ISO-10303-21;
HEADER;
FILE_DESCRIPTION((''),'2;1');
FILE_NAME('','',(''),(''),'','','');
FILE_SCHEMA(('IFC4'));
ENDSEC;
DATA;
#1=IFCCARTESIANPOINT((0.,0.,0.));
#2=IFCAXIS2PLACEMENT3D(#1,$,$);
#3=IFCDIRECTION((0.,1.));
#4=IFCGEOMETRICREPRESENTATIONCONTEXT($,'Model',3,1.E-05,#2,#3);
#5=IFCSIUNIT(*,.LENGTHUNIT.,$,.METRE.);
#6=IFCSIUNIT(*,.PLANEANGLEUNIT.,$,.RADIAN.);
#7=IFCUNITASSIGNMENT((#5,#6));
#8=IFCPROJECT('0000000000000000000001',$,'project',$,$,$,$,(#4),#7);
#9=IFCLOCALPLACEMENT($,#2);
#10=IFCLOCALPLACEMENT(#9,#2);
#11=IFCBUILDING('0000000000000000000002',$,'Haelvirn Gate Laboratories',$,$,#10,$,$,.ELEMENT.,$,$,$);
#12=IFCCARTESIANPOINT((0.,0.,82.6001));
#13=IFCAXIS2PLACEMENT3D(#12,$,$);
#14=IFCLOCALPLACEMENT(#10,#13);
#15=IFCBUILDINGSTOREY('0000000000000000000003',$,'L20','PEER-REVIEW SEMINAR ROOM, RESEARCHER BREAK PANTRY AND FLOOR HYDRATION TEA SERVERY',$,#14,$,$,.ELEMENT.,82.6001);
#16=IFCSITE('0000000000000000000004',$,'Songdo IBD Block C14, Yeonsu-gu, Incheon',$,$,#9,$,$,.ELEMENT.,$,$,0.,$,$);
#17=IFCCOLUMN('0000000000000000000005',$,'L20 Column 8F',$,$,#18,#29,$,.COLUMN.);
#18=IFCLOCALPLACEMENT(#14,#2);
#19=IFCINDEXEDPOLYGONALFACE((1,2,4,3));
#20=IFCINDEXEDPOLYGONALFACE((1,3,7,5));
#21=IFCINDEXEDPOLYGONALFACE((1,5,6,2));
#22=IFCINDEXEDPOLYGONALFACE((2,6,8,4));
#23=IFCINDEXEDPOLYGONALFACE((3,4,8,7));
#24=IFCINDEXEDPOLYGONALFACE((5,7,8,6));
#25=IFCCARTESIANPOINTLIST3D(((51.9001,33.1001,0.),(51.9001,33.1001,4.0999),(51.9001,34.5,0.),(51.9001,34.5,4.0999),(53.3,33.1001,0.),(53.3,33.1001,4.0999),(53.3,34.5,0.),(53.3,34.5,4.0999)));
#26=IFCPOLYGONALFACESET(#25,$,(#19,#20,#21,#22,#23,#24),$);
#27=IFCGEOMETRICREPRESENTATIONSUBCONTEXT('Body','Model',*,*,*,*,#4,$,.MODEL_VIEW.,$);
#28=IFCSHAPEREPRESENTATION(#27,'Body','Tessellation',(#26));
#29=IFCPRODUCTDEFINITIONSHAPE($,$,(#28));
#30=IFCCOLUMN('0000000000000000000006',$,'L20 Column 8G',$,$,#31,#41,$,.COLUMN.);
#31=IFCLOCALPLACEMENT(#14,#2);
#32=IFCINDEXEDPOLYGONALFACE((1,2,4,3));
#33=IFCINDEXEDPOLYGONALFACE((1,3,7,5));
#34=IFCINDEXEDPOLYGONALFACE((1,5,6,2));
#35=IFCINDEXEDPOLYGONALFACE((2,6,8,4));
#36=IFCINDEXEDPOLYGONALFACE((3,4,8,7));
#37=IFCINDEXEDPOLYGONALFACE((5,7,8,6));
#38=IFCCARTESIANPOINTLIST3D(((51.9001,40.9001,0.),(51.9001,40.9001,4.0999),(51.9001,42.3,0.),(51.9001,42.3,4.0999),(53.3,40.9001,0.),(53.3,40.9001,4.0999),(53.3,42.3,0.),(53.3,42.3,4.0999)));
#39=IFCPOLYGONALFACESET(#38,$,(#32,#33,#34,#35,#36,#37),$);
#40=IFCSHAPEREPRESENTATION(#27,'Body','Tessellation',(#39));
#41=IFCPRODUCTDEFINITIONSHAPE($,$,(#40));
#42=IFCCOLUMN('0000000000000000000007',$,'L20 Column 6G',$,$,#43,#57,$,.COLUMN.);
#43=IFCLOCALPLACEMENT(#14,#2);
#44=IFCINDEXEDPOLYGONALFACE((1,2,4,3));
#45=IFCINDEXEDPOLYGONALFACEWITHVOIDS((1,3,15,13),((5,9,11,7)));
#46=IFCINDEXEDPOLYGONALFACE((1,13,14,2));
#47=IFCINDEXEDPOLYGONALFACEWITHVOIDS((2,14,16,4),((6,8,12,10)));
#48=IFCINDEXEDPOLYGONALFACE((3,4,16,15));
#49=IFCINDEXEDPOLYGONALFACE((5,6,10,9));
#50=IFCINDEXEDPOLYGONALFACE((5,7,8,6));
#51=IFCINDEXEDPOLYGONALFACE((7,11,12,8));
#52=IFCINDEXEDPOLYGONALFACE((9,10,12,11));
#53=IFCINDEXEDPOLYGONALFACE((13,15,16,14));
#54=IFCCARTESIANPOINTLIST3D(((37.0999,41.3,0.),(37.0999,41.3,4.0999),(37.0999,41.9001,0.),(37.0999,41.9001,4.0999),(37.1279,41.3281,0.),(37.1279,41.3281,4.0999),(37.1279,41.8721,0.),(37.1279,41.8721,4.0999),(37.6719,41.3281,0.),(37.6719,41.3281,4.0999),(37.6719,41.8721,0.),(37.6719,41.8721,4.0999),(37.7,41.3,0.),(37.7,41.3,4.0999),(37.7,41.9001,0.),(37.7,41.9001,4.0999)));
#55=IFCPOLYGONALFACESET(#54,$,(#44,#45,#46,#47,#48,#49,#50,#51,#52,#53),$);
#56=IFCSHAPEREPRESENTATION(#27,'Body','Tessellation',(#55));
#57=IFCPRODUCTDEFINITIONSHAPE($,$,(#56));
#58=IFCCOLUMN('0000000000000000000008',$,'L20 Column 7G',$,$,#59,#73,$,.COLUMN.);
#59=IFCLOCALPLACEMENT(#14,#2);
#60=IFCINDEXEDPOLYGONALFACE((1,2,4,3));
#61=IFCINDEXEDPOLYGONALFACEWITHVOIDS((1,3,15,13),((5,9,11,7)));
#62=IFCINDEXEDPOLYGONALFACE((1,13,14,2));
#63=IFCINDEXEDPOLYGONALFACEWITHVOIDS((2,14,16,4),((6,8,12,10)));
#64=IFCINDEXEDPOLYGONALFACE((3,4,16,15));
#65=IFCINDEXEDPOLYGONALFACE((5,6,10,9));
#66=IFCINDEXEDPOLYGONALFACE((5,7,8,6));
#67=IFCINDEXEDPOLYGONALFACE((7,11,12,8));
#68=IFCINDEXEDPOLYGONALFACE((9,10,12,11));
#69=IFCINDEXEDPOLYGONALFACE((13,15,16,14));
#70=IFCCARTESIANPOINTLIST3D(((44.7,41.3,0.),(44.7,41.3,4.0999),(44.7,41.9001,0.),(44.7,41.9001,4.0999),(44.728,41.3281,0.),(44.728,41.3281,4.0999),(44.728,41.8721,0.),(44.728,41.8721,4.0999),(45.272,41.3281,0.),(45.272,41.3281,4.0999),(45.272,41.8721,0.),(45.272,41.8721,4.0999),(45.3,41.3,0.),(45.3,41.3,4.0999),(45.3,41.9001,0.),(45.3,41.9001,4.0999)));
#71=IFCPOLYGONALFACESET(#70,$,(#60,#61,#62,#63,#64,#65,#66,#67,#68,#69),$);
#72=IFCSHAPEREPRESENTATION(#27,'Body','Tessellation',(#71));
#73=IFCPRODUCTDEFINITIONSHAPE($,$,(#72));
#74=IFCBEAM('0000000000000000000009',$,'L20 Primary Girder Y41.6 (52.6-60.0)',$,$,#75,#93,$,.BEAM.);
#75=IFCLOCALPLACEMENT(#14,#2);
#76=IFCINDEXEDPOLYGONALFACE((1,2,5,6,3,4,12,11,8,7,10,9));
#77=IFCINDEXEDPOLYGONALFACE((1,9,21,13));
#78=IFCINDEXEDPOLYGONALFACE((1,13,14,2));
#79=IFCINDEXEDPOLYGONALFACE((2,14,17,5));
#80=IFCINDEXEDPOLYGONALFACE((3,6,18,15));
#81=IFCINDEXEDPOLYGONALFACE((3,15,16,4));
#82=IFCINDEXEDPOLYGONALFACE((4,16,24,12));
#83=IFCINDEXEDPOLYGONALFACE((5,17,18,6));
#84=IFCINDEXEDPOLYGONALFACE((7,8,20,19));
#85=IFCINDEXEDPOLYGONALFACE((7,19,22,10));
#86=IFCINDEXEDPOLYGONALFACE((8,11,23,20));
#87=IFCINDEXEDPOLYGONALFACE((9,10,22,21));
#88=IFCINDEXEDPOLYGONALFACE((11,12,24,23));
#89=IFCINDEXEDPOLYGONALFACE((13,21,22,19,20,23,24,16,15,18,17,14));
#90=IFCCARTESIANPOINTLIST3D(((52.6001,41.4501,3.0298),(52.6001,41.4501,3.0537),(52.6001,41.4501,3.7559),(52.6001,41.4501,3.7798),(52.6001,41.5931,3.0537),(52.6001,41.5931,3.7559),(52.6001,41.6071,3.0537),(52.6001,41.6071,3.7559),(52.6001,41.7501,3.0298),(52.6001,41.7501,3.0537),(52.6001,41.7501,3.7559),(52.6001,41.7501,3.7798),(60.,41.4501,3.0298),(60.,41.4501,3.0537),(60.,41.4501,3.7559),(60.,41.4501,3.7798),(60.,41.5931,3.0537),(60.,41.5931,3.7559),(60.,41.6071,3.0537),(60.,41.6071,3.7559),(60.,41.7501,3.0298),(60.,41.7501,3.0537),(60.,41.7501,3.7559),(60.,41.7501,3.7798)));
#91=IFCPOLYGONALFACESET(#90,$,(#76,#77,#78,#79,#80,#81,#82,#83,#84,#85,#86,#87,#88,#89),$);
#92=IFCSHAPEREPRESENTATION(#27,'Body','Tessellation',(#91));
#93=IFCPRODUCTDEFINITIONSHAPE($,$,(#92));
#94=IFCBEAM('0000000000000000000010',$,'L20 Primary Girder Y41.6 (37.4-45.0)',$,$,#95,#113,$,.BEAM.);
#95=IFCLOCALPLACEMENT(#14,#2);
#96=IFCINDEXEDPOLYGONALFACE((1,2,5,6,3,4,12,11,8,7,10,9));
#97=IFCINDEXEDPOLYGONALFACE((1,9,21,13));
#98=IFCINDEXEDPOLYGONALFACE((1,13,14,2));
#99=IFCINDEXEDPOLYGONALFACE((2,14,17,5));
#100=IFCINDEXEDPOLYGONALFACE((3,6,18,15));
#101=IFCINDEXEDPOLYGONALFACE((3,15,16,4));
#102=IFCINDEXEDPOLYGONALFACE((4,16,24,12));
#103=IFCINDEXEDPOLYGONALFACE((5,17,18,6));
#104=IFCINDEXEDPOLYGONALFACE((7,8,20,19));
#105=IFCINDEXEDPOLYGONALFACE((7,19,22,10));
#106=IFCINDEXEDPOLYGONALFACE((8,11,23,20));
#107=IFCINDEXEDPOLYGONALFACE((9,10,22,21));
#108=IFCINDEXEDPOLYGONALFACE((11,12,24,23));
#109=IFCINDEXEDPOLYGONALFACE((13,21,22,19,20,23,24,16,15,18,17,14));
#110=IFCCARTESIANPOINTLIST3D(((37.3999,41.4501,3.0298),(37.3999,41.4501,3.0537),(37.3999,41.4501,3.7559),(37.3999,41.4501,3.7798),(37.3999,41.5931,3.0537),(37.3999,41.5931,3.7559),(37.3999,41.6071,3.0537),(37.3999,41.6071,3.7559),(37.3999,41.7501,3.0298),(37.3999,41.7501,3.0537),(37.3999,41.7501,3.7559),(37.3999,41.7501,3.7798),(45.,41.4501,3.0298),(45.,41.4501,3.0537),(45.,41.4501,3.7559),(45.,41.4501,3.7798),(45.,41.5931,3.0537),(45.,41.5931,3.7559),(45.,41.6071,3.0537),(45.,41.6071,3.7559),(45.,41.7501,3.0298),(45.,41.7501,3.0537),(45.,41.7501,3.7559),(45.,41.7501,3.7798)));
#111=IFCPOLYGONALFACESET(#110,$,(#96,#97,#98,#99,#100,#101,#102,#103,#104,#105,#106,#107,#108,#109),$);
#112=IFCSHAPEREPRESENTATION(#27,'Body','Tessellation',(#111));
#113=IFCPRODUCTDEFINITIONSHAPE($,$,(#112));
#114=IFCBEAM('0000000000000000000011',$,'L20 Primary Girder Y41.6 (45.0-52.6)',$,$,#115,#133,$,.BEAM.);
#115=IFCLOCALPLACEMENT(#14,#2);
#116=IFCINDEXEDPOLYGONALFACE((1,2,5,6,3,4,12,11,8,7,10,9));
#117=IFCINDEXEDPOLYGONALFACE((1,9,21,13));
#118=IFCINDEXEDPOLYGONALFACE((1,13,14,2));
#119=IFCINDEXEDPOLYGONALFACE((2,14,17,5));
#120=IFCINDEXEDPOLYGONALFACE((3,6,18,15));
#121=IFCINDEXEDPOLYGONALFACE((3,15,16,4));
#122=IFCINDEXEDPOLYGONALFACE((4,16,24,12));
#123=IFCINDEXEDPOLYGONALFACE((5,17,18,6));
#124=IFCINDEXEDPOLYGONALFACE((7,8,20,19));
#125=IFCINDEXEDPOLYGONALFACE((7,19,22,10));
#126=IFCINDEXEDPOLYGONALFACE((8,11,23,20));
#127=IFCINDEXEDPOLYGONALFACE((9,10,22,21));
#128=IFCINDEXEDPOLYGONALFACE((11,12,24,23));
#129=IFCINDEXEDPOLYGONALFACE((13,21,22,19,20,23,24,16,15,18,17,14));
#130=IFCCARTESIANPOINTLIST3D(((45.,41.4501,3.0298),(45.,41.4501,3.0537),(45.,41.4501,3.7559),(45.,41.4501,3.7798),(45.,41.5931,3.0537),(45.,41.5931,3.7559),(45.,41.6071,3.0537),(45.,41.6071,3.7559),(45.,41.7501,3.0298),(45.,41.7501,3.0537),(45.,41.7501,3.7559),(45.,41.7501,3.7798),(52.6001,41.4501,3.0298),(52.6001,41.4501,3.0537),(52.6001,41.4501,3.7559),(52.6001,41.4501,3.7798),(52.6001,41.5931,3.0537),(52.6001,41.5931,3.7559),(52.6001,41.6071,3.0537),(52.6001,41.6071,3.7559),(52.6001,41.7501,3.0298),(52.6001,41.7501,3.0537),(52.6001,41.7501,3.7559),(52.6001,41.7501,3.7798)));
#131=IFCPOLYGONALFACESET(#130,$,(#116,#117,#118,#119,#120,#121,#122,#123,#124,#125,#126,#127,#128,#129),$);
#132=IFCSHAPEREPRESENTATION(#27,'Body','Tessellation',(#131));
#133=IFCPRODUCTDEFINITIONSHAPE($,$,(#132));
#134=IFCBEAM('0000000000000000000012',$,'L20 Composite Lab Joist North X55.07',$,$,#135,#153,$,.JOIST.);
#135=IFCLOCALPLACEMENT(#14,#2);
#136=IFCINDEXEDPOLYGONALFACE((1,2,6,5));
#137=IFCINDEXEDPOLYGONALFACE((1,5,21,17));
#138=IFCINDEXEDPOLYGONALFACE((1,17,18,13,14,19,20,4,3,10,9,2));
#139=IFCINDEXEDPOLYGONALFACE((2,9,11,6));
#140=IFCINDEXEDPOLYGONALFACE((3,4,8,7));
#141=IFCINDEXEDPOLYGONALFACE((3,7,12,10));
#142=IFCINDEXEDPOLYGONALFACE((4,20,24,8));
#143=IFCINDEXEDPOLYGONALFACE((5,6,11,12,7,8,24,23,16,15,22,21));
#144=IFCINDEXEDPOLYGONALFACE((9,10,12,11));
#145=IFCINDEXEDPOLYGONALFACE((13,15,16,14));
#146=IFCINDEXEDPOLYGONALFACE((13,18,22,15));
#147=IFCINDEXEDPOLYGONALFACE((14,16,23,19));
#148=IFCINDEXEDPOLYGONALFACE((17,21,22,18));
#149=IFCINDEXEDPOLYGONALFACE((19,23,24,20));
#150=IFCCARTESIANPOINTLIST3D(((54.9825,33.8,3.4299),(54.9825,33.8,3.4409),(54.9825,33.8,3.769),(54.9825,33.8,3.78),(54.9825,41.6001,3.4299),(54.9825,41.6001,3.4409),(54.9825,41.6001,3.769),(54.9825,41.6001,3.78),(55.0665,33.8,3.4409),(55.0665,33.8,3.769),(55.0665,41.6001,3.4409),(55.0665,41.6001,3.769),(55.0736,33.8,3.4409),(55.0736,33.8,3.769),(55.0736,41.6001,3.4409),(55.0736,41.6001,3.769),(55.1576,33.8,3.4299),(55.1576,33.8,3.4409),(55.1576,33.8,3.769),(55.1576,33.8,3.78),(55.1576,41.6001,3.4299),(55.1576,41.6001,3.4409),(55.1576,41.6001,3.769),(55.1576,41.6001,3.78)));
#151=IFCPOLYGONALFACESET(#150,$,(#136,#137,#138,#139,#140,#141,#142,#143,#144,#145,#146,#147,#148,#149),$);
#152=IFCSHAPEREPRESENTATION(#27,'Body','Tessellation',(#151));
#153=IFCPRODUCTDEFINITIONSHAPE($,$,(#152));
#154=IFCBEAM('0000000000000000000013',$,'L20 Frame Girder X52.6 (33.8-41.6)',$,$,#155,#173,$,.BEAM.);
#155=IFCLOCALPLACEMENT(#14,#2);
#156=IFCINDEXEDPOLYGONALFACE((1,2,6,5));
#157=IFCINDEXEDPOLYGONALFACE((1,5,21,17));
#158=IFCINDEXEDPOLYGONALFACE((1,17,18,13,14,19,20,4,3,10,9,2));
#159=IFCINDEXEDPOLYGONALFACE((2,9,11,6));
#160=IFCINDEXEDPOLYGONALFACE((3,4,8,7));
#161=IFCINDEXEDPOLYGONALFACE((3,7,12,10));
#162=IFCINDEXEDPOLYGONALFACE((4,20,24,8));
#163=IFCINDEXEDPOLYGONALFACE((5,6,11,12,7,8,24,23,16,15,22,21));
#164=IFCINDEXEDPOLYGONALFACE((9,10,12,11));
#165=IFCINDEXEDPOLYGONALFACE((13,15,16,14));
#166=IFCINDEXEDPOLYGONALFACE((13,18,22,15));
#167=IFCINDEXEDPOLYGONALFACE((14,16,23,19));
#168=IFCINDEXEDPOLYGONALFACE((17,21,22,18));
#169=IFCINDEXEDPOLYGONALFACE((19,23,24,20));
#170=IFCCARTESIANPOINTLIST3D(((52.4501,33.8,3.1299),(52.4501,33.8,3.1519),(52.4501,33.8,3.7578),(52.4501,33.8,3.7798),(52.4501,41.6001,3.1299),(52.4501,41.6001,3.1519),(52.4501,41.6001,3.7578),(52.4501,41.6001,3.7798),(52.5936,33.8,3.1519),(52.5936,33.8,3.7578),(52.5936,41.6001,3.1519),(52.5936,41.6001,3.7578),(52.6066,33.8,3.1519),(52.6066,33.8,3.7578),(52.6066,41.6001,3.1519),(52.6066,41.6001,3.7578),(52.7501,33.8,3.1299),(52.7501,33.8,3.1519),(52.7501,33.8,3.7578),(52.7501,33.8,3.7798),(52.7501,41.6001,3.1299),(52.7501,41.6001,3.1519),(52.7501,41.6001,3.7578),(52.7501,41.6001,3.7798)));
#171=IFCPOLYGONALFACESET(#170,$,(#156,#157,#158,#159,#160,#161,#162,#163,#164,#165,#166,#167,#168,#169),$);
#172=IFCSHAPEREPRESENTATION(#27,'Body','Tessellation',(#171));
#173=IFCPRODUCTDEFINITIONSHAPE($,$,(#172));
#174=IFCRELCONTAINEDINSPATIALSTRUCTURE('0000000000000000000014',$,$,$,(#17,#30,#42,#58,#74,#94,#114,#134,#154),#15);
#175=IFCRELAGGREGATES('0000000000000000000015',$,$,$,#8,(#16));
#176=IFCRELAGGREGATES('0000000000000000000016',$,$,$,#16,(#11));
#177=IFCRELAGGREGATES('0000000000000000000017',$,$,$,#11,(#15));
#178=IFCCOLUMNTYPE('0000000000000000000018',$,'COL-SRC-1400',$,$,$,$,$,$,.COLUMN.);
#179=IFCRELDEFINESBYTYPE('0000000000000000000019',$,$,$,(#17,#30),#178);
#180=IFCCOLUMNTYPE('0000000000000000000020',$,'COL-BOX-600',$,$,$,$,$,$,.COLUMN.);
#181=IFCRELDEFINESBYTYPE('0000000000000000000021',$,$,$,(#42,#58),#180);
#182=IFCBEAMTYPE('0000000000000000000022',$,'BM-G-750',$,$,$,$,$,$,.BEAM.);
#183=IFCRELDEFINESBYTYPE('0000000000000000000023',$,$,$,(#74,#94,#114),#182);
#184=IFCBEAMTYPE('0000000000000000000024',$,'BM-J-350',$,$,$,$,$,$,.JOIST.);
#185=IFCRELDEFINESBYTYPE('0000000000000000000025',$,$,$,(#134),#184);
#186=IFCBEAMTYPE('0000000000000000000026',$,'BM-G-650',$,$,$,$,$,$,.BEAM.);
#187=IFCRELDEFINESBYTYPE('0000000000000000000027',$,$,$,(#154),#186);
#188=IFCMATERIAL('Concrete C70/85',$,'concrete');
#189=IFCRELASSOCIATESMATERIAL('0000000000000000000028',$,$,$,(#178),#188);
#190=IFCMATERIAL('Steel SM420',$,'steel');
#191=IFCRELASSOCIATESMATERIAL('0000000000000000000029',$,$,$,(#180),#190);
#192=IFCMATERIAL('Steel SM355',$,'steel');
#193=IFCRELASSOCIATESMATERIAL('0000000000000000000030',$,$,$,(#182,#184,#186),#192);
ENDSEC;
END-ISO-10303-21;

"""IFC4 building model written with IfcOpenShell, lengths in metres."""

from ifc_helpers import new_model, si_unit, direction, frame, origin, origin_2d, place, context, subcontext, project, spatial, rectangle, hollow_rectangle, i_section, extrude, source, transform, mapped, material, material_profile, profile_set, type_object, type_shapes, element, save


model = new_model("IFC4")

# Units and contexts
model_context = context("Model", 3, precision=1e-05, world=origin(), true_north=direction((0.0, 1.0)))
body_context = subcontext(model_context, "Body", "Model", "MODEL_VIEW")
ifc_project = project(units=[si_unit("LENGTHUNIT", "METRE"), si_unit("PLANEANGLEUNIT", "RADIAN")], contexts=[model_context])

# Site, building, storey
site_placement = place(None, origin())
site = spatial("IfcSite", under=ifc_project, at=site_placement, Name="Songdo IBD Block C14, Yeonsu-gu, Incheon", CompositionType="ELEMENT", RefElevation=0.0)
building_placement = place(site_placement, origin())
building = spatial("IfcBuilding", under=site, at=building_placement, Name="Haelvirn Gate Laboratories", CompositionType="ELEMENT")
storey_placement = place(building_placement, frame((0.0, 0.0, 82.6001)))
storey = spatial("IfcBuildingStorey", under=building, at=storey_placement, Name="L20", Description="PEER-REVIEW SEMINAR ROOM, RESEARCHER BREAK PANTRY AND FLOOR HYDRATION TEA SERVERY", CompositionType="ELEMENT", Elevation=82.6001)

# Columns
ifc_material_1 = material(Name="Concrete C70/85", Category="concrete")
ifc_material_profile_1 = material_profile(ifc_material_1, rectangle(XDim=1.3999, YDim=1.3999, at=origin_2d()), Name="SRC-1400x1400")
ifc_profile_set_1 = profile_set([ifc_material_profile_1], Name="Concrete C70/85")
column_type_1 = type_object("IfcColumnType", Name="COL-SRC-1400", PredefinedType="COLUMN", material=ifc_profile_set_1)
shared_shape_1 = source(origin(), body_context, "Body", "SweptSolid", [
    extrude(rectangle(XDim=1.3999, YDim=1.3999, at=origin_2d()), origin(), (0.0, 0.0, 1.0), 4.0999),
])
type_shapes(column_type_1, [shared_shape_1])
for number, where, z_axis, x_axis, name in (
    (1, (52.6001, 33.8, 0.0), (0.0, 0.0, 1.0), (1.0, 0.0, 0.0), "L20 Column 8F"),
    (2, (52.6001, 41.6001, 0.0), (0.0, 0.0, 1.0), (1.0, 0.0, 0.0), "L20 Column 8G"),
):
    element("IfcColumn", number, at=place(storey_placement, frame(where, z_axis=z_axis, x_axis=x_axis)), inside=storey, type_object=column_type_1, Name=name, PredefinedType="COLUMN", context=body_context, shape_type="MappedRepresentation", body=[
        mapped(shared_shape_1, transform((0.0, 0.0, 0.0), scale=1.0)),
    ])
ifc_material_2 = material(Name="Steel SM420", Category="steel")
ifc_material_profile_2 = material_profile(ifc_material_2, hollow_rectangle(XDim=0.6001, YDim=0.6001, WallThickness=0.0281, at=origin_2d()), Name="BOX-600x600x28")
ifc_profile_set_2 = profile_set([ifc_material_profile_2], Name="Steel SM420")
column_type_2 = type_object("IfcColumnType", Name="COL-BOX-600", PredefinedType="COLUMN", material=ifc_profile_set_2)
shared_shape_2 = source(origin(), body_context, "Body", "SweptSolid", [
    extrude(hollow_rectangle(XDim=0.6001, YDim=0.6001, WallThickness=0.0281, at=origin_2d()), origin(), (0.0, 0.0, 1.0), 4.0999),
])
type_shapes(column_type_2, [shared_shape_2])
for number, where, z_axis, x_axis, name in (
    (3, (37.3999, 41.6001, 0.0), (0.0, 0.0, 1.0), (1.0, 0.0, 0.0), "L20 Column 6G"),
    (4, (45.0, 41.6001, 0.0), (0.0, 0.0, 1.0), (1.0, 0.0, 0.0), "L20 Column 7G"),
):
    element("IfcColumn", number, at=place(storey_placement, frame(where, z_axis=z_axis, x_axis=x_axis)), inside=storey, type_object=column_type_2, Name=name, PredefinedType="COLUMN", context=body_context, shape_type="MappedRepresentation", body=[
        mapped(shared_shape_2, transform((0.0, 0.0, 0.0), scale=1.0)),
    ])

# Beams
ifc_material_3 = material(Name="Steel SM355", Category="steel")
ifc_material_profile_3 = material_profile(ifc_material_3, i_section(OverallWidth=0.3, OverallDepth=0.75, WebThickness=0.0139, FlangeThickness=0.0239, at=origin_2d()), Name="H-750x300x14x24")
ifc_profile_set_3 = profile_set([ifc_material_profile_3], Name="Steel SM355")
beam_type_1 = type_object("IfcBeamType", Name="BM-G-750", PredefinedType="BEAM", material=ifc_profile_set_3)
shared_shape_3 = source(origin(), body_context, "Body", "SweptSolid", [
    extrude(i_section(OverallWidth=0.3, OverallDepth=0.75, WebThickness=0.0139, FlangeThickness=0.0239, at=origin_2d()), origin(), (0.0, 0.0, 1.0), 7.3999),
])
beam_1_placement = place(storey_placement, frame((52.6001, 41.6001, 3.4048), z_axis=(1.0, 0.0, 0.0), x_axis=(0.0, 1.0, 0.0)))
element("IfcBeam", 5, at=beam_1_placement, inside=storey, type_object=beam_type_1, Name="L20 Primary Girder Y41.6 (52.6-60.0)", PredefinedType="BEAM", context=body_context, shape_type="MappedRepresentation", body=[
    mapped(shared_shape_3, transform((0.0, 0.0, 0.0), scale=1.0)),
])
shared_shape_4 = source(origin(), body_context, "Body", "SweptSolid", [
    extrude(i_section(OverallWidth=0.3, OverallDepth=0.75, WebThickness=0.0139, FlangeThickness=0.0239, at=origin_2d()), origin(), (0.0, 0.0, 1.0), 7.6001),
])
type_shapes(beam_type_1, [shared_shape_3, shared_shape_4])
for number, where, z_axis, x_axis, name in (
    (6, (37.3999, 41.6001, 3.4048), (1.0, 0.0, 0.0), (0.0, 1.0, 0.0), "L20 Primary Girder Y41.6 (37.4-45.0)"),
    (7, (45.0, 41.6001, 3.4048), (1.0, 0.0, 0.0), (0.0, 1.0, 0.0), "L20 Primary Girder Y41.6 (45.0-52.6)"),
):
    element("IfcBeam", number, at=place(storey_placement, frame(where, z_axis=z_axis, x_axis=x_axis)), inside=storey, type_object=beam_type_1, Name=name, PredefinedType="BEAM", context=body_context, shape_type="MappedRepresentation", body=[
        mapped(shared_shape_4, transform((0.0, 0.0, 0.0), scale=1.0)),
    ])
ifc_material_profile_4 = material_profile(ifc_material_3, i_section(OverallWidth=0.175, OverallDepth=0.3501, WebThickness=0.0071, FlangeThickness=0.011, at=origin_2d()), Name="H-350x175x7x11")
ifc_profile_set_4 = profile_set([ifc_material_profile_4], Name="Steel SM355")
beam_type_2 = type_object("IfcBeamType", Name="BM-J-350", PredefinedType="JOIST", material=ifc_profile_set_4)
shared_shape_5 = source(origin(), body_context, "Body", "SweptSolid", [
    extrude(i_section(OverallWidth=0.175, OverallDepth=0.3501, WebThickness=0.0071, FlangeThickness=0.011, at=origin_2d()), origin(), (0.0, 0.0, 1.0), 7.8),
])
type_shapes(beam_type_2, [shared_shape_5])
beam_2_placement = place(storey_placement, frame((55.0701, 33.8, 3.605), z_axis=(0.0, 1.0, 0.0), x_axis=(-1.0, 0.0, 0.0)))
element("IfcBeam", 8, at=beam_2_placement, inside=storey, type_object=beam_type_2, Name="L20 Composite Lab Joist North X55.07", PredefinedType="JOIST", context=body_context, shape_type="MappedRepresentation", body=[
    mapped(shared_shape_5, transform((0.0, 0.0, 0.0), scale=1.0)),
])
ifc_material_profile_5 = material_profile(ifc_material_3, i_section(OverallWidth=0.3, OverallDepth=0.6499, WebThickness=0.0129, FlangeThickness=0.022, at=origin_2d()), Name="H-650x300x13x22")
ifc_profile_set_5 = profile_set([ifc_material_profile_5], Name="Steel SM355")
beam_type_3 = type_object("IfcBeamType", Name="BM-G-650", PredefinedType="BEAM", material=ifc_profile_set_5)
shared_shape_6 = source(origin(), body_context, "Body", "SweptSolid", [
    extrude(i_section(OverallWidth=0.3, OverallDepth=0.6499, WebThickness=0.0129, FlangeThickness=0.022, at=origin_2d()), origin(), (0.0, 0.0, 1.0), 7.8),
])
type_shapes(beam_type_3, [shared_shape_6])
beam_3_placement = place(storey_placement, frame((52.6001, 33.8, 3.4548), z_axis=(0.0, 1.0, 0.0), x_axis=(-1.0, 0.0, 0.0)))
element("IfcBeam", 9, at=beam_3_placement, inside=storey, type_object=beam_type_3, Name="L20 Frame Girder X52.6 (33.8-41.6)", PredefinedType="BEAM", context=body_context, shape_type="MappedRepresentation", body=[
    mapped(shared_shape_6, transform((0.0, 0.0, 0.0), scale=1.0)),
])

save(model, "model.ifc")
